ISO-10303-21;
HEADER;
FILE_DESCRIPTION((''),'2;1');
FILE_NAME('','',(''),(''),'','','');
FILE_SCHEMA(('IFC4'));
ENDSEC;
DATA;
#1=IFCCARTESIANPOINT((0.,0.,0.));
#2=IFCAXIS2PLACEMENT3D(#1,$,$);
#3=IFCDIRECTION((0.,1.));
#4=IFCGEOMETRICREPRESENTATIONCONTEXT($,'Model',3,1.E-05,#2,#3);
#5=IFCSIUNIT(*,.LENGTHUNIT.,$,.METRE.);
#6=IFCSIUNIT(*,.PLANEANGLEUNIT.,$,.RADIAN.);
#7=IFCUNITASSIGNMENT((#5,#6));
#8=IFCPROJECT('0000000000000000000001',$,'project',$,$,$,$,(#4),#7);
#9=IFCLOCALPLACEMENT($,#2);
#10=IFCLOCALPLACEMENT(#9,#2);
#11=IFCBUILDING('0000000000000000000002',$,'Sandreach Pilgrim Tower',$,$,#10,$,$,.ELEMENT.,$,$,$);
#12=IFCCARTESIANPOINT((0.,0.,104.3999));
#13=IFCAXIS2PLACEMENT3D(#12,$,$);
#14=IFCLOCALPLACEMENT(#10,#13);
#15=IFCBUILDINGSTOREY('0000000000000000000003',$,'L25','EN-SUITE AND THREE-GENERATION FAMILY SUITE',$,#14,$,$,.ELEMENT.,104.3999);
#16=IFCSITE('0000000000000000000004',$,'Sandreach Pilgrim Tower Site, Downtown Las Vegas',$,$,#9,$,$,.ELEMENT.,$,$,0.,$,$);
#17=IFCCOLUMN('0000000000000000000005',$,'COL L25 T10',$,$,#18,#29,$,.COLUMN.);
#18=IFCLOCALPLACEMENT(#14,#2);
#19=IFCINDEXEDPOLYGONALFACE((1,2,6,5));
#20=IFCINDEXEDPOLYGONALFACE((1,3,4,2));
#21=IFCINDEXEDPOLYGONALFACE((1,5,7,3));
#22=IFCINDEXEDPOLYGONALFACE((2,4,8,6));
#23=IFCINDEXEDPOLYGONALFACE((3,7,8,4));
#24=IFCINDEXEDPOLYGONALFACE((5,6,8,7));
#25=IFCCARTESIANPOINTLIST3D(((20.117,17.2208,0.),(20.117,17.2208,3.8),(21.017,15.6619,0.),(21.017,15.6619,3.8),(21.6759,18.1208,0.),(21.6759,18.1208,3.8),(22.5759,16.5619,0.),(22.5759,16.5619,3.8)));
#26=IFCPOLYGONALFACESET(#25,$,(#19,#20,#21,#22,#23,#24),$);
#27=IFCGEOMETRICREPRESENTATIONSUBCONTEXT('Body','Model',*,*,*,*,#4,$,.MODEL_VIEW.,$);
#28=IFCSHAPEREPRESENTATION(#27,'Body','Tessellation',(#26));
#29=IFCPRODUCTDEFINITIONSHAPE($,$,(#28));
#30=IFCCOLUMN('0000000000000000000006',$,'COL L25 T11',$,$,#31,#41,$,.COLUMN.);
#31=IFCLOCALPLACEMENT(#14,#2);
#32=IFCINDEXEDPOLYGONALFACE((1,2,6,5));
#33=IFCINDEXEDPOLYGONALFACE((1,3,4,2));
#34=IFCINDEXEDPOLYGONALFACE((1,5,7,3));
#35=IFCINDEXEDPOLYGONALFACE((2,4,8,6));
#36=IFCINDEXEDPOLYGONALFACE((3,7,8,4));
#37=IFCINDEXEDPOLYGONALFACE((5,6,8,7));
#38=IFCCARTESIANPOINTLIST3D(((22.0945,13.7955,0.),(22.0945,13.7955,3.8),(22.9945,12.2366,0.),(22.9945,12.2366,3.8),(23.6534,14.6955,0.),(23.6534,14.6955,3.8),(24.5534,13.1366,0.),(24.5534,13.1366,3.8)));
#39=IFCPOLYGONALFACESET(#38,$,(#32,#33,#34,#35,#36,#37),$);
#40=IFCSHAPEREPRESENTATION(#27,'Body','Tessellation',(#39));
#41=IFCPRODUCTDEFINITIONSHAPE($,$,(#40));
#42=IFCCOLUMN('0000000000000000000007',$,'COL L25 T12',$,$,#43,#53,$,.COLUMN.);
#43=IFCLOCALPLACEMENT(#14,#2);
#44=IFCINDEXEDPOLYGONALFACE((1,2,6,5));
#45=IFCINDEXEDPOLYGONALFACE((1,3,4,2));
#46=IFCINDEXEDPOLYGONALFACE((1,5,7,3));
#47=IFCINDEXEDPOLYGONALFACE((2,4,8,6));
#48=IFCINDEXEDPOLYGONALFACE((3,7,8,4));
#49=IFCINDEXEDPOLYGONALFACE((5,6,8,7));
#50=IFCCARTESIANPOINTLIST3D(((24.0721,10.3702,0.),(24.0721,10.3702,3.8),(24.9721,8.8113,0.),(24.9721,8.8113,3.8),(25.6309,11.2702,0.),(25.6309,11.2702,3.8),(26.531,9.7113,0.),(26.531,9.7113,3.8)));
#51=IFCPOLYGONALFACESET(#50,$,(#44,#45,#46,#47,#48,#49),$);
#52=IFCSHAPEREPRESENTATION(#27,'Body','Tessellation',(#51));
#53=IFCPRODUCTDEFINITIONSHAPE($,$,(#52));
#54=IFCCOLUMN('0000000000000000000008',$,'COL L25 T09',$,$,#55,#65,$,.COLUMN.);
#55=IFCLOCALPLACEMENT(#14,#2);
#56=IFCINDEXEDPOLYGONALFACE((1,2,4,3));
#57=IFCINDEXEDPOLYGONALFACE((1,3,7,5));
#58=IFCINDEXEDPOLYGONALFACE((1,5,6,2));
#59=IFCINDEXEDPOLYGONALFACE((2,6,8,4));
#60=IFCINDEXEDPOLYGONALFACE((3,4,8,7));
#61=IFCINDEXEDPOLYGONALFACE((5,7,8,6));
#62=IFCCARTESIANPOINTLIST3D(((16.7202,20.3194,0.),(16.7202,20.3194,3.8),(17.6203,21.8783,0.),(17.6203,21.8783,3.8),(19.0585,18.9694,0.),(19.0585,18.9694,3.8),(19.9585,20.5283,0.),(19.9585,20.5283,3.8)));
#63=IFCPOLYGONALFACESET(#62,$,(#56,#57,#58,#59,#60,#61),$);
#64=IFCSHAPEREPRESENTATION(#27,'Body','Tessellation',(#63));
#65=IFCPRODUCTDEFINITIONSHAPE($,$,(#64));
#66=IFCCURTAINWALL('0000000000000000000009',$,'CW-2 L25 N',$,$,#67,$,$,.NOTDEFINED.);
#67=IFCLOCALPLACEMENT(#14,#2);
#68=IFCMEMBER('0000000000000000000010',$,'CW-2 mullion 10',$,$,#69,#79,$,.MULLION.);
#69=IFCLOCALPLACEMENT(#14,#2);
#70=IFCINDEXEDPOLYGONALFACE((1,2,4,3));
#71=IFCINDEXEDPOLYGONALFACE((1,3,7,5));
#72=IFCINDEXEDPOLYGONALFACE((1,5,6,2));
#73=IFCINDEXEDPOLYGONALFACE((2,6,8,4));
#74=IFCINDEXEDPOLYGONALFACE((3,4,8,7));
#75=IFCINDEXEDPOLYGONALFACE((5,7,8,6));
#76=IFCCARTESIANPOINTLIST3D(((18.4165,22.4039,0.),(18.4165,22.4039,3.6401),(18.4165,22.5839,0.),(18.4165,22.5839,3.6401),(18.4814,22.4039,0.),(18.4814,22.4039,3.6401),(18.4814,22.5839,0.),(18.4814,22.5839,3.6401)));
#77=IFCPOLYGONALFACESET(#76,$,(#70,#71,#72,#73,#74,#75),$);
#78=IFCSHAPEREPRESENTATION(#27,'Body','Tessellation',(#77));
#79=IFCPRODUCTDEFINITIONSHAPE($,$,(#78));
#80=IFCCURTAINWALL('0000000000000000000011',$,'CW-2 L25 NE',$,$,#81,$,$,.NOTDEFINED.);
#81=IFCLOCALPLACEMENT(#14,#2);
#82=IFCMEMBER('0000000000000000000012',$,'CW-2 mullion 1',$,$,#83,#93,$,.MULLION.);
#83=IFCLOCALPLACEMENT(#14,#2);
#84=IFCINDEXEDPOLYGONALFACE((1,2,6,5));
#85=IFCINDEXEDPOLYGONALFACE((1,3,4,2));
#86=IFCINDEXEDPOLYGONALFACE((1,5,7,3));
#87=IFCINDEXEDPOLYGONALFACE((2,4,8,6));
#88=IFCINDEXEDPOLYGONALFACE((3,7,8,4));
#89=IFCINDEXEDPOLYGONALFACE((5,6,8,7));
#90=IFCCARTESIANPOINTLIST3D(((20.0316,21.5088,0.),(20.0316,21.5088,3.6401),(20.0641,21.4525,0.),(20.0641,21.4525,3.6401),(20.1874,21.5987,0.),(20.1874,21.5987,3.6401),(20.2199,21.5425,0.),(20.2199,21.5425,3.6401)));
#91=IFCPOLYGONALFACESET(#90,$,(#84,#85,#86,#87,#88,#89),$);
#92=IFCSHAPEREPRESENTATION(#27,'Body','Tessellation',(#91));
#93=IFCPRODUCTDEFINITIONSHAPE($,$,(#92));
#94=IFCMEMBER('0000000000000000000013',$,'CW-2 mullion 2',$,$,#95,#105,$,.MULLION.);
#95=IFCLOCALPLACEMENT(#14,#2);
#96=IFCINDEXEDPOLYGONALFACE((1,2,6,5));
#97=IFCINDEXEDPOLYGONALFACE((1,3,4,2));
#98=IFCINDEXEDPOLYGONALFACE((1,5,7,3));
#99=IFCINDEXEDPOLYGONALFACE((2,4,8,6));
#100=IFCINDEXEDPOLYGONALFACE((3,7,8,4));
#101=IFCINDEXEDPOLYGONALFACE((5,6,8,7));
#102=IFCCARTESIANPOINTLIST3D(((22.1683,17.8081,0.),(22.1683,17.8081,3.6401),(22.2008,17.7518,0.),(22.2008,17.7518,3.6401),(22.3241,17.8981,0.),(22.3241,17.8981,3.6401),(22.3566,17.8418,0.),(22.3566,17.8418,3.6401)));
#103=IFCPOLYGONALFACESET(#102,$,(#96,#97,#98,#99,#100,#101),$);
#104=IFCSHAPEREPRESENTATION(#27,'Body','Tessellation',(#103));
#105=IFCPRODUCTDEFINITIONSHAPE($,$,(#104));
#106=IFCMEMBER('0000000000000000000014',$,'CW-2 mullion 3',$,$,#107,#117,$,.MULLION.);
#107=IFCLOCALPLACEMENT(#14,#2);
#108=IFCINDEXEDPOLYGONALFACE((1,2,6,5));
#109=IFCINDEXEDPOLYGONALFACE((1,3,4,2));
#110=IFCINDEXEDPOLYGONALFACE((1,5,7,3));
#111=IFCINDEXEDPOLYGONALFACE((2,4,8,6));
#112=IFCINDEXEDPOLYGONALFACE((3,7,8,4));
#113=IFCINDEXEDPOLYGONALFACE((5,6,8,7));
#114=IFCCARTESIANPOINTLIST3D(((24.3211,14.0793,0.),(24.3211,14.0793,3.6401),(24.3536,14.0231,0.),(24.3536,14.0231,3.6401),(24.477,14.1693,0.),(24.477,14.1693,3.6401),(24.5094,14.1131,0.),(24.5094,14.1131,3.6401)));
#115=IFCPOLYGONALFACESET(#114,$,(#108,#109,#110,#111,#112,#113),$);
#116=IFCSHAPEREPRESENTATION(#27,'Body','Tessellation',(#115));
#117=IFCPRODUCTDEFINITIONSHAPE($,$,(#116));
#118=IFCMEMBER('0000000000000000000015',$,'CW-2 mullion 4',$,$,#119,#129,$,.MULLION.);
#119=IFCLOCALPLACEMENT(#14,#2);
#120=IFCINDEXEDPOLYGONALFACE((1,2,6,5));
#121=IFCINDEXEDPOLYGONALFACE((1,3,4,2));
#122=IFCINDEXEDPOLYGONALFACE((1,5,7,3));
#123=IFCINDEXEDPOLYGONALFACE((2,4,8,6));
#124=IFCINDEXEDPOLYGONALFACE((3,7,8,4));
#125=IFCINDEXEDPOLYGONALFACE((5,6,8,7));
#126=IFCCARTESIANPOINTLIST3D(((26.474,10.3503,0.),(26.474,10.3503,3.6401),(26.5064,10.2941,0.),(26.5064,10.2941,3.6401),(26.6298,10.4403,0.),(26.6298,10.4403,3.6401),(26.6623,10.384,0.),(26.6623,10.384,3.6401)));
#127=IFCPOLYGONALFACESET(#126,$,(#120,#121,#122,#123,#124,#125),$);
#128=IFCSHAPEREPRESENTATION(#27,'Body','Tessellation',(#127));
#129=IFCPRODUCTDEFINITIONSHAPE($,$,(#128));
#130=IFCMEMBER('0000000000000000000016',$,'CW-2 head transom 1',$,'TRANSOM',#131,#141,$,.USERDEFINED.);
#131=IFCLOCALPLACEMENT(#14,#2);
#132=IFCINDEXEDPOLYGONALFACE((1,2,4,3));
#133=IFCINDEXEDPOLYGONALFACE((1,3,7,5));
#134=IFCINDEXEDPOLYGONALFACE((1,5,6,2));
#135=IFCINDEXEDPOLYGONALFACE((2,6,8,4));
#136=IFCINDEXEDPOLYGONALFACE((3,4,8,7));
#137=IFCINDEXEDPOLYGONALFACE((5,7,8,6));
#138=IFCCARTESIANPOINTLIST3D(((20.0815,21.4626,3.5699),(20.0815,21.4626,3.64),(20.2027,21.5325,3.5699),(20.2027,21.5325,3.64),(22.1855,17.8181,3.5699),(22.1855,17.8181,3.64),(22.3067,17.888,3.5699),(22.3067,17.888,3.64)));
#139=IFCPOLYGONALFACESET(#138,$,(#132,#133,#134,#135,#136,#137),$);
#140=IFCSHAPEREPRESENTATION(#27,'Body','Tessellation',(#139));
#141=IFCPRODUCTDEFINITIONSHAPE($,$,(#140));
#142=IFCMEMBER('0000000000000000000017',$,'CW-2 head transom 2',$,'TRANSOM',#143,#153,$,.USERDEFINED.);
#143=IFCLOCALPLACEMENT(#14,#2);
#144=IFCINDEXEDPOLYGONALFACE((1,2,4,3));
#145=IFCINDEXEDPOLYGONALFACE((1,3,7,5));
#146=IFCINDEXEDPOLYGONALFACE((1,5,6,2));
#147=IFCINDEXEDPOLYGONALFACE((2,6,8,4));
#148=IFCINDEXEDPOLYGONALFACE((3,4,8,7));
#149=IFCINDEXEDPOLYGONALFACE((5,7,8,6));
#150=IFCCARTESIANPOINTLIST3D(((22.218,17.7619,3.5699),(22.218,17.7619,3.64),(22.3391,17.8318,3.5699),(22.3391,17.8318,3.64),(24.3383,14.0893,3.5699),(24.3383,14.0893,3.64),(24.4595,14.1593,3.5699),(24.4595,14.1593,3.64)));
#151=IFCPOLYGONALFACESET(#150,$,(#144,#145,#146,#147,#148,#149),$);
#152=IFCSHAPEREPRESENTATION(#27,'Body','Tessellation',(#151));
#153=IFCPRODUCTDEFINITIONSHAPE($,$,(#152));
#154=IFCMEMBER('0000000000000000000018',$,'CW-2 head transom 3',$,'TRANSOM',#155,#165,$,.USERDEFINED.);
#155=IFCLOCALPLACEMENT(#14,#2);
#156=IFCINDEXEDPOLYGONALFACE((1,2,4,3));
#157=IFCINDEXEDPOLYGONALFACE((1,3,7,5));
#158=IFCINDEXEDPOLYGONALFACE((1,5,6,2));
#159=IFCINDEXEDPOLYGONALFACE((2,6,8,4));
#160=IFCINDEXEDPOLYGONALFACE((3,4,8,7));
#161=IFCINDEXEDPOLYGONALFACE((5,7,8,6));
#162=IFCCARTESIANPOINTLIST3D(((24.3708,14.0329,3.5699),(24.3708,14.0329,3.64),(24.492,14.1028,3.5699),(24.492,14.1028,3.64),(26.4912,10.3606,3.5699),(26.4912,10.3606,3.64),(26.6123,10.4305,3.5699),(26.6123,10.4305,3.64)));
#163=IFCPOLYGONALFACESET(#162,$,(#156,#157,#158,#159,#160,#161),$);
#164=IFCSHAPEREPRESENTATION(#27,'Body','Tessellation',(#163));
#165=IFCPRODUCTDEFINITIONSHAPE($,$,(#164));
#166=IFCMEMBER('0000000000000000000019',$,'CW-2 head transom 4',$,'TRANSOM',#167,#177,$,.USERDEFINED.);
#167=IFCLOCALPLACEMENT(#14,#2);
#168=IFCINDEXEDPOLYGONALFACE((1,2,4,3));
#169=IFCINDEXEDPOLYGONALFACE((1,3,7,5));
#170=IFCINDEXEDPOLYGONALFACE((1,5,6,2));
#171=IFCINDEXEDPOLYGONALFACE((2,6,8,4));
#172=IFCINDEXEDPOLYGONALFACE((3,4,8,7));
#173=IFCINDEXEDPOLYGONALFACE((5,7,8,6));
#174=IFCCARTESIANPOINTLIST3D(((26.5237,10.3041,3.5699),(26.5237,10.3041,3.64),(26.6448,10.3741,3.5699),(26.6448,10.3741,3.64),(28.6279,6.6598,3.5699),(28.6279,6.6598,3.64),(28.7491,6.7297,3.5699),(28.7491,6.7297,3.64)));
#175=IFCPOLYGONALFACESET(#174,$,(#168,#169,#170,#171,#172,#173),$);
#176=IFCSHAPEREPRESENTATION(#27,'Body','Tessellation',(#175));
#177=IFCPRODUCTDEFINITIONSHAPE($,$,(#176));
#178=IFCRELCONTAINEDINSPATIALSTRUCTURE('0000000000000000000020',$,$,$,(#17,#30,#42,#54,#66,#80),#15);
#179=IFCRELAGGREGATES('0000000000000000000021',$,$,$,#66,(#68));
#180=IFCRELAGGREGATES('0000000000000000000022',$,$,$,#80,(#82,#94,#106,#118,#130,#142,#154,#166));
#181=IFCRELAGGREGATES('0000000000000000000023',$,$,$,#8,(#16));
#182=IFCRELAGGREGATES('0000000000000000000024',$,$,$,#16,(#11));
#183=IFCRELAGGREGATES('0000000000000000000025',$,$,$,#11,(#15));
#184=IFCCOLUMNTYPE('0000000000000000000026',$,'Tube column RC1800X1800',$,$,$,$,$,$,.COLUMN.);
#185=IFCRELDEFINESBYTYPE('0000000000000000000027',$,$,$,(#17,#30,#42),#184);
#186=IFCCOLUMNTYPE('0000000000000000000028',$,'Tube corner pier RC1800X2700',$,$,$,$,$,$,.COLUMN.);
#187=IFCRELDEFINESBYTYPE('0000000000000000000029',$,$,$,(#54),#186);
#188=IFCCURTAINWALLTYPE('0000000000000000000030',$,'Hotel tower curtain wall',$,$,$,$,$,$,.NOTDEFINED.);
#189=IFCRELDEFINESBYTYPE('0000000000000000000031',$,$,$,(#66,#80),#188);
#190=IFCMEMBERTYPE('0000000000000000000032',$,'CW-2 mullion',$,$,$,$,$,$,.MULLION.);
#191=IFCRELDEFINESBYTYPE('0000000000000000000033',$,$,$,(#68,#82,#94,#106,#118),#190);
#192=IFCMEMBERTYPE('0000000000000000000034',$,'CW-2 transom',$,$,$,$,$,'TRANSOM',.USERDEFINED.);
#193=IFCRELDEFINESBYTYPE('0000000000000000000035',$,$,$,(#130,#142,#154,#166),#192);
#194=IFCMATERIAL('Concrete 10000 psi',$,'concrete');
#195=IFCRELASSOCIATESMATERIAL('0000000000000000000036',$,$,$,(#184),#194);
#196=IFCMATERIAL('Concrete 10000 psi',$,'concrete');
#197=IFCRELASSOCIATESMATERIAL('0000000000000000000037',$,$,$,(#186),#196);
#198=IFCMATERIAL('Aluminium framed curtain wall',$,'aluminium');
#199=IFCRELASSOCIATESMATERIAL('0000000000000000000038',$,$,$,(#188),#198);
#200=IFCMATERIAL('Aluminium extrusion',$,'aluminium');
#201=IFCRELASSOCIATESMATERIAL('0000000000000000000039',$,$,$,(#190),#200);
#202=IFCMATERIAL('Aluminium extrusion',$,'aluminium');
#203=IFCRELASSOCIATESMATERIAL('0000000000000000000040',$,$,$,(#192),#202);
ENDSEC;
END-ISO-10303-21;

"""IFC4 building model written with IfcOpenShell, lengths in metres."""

from ifc_helpers import new_model, si_unit, direction, frame, origin, origin_2d, place, context, subcontext, project, spatial, rectangle, extrude, material, material_profile, profile_set, type_object, element, aggregate, save


model = new_model("IFC4")

# Units and contexts
model_context = context("Model", 3, precision=1e-05, world=origin(), true_north=direction((0.0, 1.0)))
body_context = subcontext(model_context, "Body", "Model", "MODEL_VIEW")
ifc_project = project(units=[si_unit("LENGTHUNIT", "METRE"), si_unit("PLANEANGLEUNIT", "RADIAN")], contexts=[model_context])

# Site, building, storey
site_placement = place(None, origin())
site = spatial("IfcSite", under=ifc_project, at=site_placement, Name="Sandreach Pilgrim Tower Site, Downtown Las Vegas", CompositionType="ELEMENT", RefElevation=0.0)
building_placement = place(site_placement, origin())
building = spatial("IfcBuilding", under=site, at=building_placement, Name="Sandreach Pilgrim Tower", CompositionType="ELEMENT")
storey_placement = place(building_placement, frame((0.0, 0.0, 104.3999)))
storey = spatial("IfcBuildingStorey", under=building, at=storey_placement, Name="L25", Description="EN-SUITE AND THREE-GENERATION FAMILY SUITE", CompositionType="ELEMENT", Elevation=104.3999)

# Columns
ifc_material_1 = material(Name="Concrete 10000 psi", Category="concrete")
ifc_material_profile_1 = material_profile(ifc_material_1, rectangle(XDim=1.8, YDim=1.8, at=origin_2d()), Name="RC1800X1800")
ifc_profile_set_1 = profile_set([ifc_material_profile_1], Name="Concrete 10000 psi")
column_type_1 = type_object("IfcColumnType", Name="Tube column RC1800X1800", PredefinedType="COLUMN", material=ifc_profile_set_1)
for number, where, z_axis, x_axis, name in (
    (1, (21.3464, 16.8914, 0.0), (0.0, 0.0, 1.0), (0.866025, 0.5, 0.0), "COL L25 T10"),
    (2, (23.324, 13.4661, 0.0), (0.0, 0.0, 1.0), (0.866025, 0.5, 0.0), "COL L25 T11"),
    (3, (25.3015, 10.0408, 0.0), (0.0, 0.0, 1.0), (0.866025, 0.5, 0.0), "COL L25 T12"),
):
    element("IfcColumn", number, at=place(storey_placement, frame(where, z_axis=z_axis, x_axis=x_axis)), inside=storey, type_object=column_type_1, Name=name, PredefinedType="COLUMN", context=body_context, shape_type="SweptSolid", body=[
        extrude(rectangle(XDim=1.8, YDim=1.8, at=origin_2d()), origin(), (0.0, 0.0, 1.0), 3.8),
    ])
ifc_material_2 = material(Name="Concrete 10000 psi", Category="concrete")
ifc_material_profile_2 = material_profile(ifc_material_2, rectangle(XDim=1.8, YDim=2.7, at=origin_2d()), Name="RC1800X2700")
ifc_profile_set_2 = profile_set([ifc_material_profile_2], Name="Concrete 10000 psi")
column_type_2 = type_object("IfcColumnType", Name="Tube corner pier RC1800X2700", PredefinedType="COLUMN", material=ifc_profile_set_2)
column_placement = place(storey_placement, frame((18.3394, 20.4238, 0.0), z_axis=(0.0, 0.0, 1.0), x_axis=(0.5, 0.866025, 0.0)))
element("IfcColumn", 4, at=column_placement, inside=storey, type_object=column_type_2, Name="COL L25 T09", PredefinedType="COLUMN", context=body_context, shape_type="SweptSolid", body=[
    extrude(rectangle(XDim=1.8, YDim=2.7, at=origin_2d()), origin(), (0.0, 0.0, 1.0), 3.8),
])

# Curtain wall, member
ifc_material_3 = material(Name="Aluminium framed curtain wall", Category="aluminium")
curtain_wall_type = type_object("IfcCurtainWallType", Name="Hotel tower curtain wall", PredefinedType="NOTDEFINED", material=ifc_material_3)
curtain_wall_1_placement = place(storey_placement, origin())
curtain_wall_1 = element("IfcCurtainWall", 5, at=curtain_wall_1_placement, inside=storey, type_object=curtain_wall_type, Name="CW-2 L25 N", PredefinedType="NOTDEFINED")
ifc_material_4 = material(Name="Aluminium extrusion", Category="aluminium")
ifc_material_profile_3 = material_profile(ifc_material_4, rectangle(XDim=0.0649, YDim=0.1799, at=origin_2d()), Name="CW-2M 65X180")
ifc_profile_set_3 = profile_set([ifc_material_profile_3], Name="Aluminium extrusion")
member_type_1 = type_object("IfcMemberType", Name="CW-2 mullion", PredefinedType="MULLION", material=ifc_profile_set_3)
member_1_placement = place(storey_placement, frame((18.449, 22.4939, 0.0), z_axis=(0.0, 0.0, 1.0), x_axis=(1.0, 0.0, 0.0)))
member_1 = element("IfcMember", 6, at=member_1_placement, type_object=member_type_1, Name="CW-2 mullion 10", PredefinedType="MULLION", context=body_context, shape_type="SweptSolid", body=[
    extrude(rectangle(XDim=0.0649, YDim=0.1799, at=origin_2d()), origin(), (0.0, 0.0, 1.0), 3.6401),
])

# Curtain wall, members
curtain_wall_2_placement = place(storey_placement, origin())
curtain_wall_2 = element("IfcCurtainWall", 7, at=curtain_wall_2_placement, inside=storey, type_object=curtain_wall_type, Name="CW-2 L25 NE", PredefinedType="NOTDEFINED")
member_2_placement = place(storey_placement, frame((20.1257, 21.5256, 0.0), z_axis=(0.0, 0.0, 1.0), x_axis=(0.5, -0.866025, 0.0)))
member_2 = element("IfcMember", 8, at=member_2_placement, type_object=member_type_1, Name="CW-2 mullion 1", PredefinedType="MULLION", context=body_context, shape_type="SweptSolid", body=[
    extrude(rectangle(XDim=0.0649, YDim=0.1799, at=origin_2d()), origin(), (0.0, 0.0, 1.0), 3.6401),
])
member_3_placement = place(storey_placement, frame((22.2625, 17.825, 0.0), z_axis=(0.0, 0.0, 1.0), x_axis=(0.5, -0.866025, 0.0)))
member_3 = element("IfcMember", 9, at=member_3_placement, type_object=member_type_1, Name="CW-2 mullion 2", PredefinedType="MULLION", context=body_context, shape_type="SweptSolid", body=[
    extrude(rectangle(XDim=0.0649, YDim=0.1799, at=origin_2d()), origin(), (0.0, 0.0, 1.0), 3.6401),
])
member_4_placement = place(storey_placement, frame((24.4153, 14.0962, 0.0), z_axis=(0.0, 0.0, 1.0), x_axis=(0.5, -0.866025, 0.0)))
member_4 = element("IfcMember", 10, at=member_4_placement, type_object=member_type_1, Name="CW-2 mullion 3", PredefinedType="MULLION", context=body_context, shape_type="SweptSolid", body=[
    extrude(rectangle(XDim=0.0649, YDim=0.1799, at=origin_2d()), origin(), (0.0, 0.0, 1.0), 3.6401),
])
member_5_placement = place(storey_placement, frame((26.5681, 10.3672, 0.0), z_axis=(0.0, 0.0, 1.0), x_axis=(0.5, -0.866025, 0.0)))
member_5 = element("IfcMember", 11, at=member_5_placement, type_object=member_type_1, Name="CW-2 mullion 4", PredefinedType="MULLION", context=body_context, shape_type="SweptSolid", body=[
    extrude(rectangle(XDim=0.0649, YDim=0.1799, at=origin_2d()), origin(), (0.0, 0.0, 1.0), 3.6401),
])
ifc_material_5 = material(Name="Aluminium extrusion", Category="aluminium")
ifc_material_profile_4 = material_profile(ifc_material_5, rectangle(XDim=0.1399, YDim=0.0701, at=origin_2d()), Name="CW-2T 140X70")
ifc_profile_set_4 = profile_set([ifc_material_profile_4], Name="Aluminium extrusion")
member_type_2 = type_object("IfcMemberType", Name="CW-2 transom", ElementType="TRANSOM", PredefinedType="USERDEFINED", material=ifc_profile_set_4)
member_6_placement = place(storey_placement, frame((20.1421, 21.4976, 3.605), z_axis=(0.49997, -0.866043, 0.0), x_axis=(0.866043, 0.49997, 0.0)))
member_6 = element("IfcMember", 12, at=member_6_placement, type_object=member_type_2, Name="CW-2 head transom 1", ObjectType="TRANSOM", PredefinedType="USERDEFINED", context=body_context, shape_type="SweptSolid", body=[
    extrude(rectangle(XDim=0.1399, YDim=0.0701, at=origin_2d()), origin(), (0.0, 0.0, 1.0), 4.2083),
])
member_7_placement = place(storey_placement, frame((22.2786, 17.7969, 3.605), z_axis=(0.499997, -0.866027, 0.0), x_axis=(0.866027, 0.499997, 0.0)))
member_7 = element("IfcMember", 13, at=member_7_placement, type_object=member_type_2, Name="CW-2 head transom 2", ObjectType="TRANSOM", PredefinedType="USERDEFINED", context=body_context, shape_type="SweptSolid", body=[
    extrude(rectangle(XDim=0.1399, YDim=0.0701, at=origin_2d()), origin(), (0.0, 0.0, 1.0), 4.2407),
])
member_8_placement = place(storey_placement, frame((24.4314, 14.0679, 3.605), z_axis=(0.500021, -0.866013, 0.0), x_axis=(0.866013, 0.500021, 0.0)))
member_8 = element("IfcMember", 14, at=member_8_placement, type_object=member_type_2, Name="CW-2 head transom 3", ObjectType="TRANSOM", PredefinedType="USERDEFINED", context=body_context, shape_type="SweptSolid", body=[
    extrude(rectangle(XDim=0.1399, YDim=0.0701, at=origin_2d()), origin(), (0.0, 0.0, 1.0), 4.2405),
])
member_9_placement = place(storey_placement, frame((26.5842, 10.3391, 3.605), z_axis=(0.500039, -0.866003, 0.0), x_axis=(0.866003, 0.500039, 0.0)))
member_9 = element("IfcMember", 15, at=member_9_placement, type_object=member_type_2, Name="CW-2 head transom 4", ObjectType="TRANSOM", PredefinedType="USERDEFINED", context=body_context, shape_type="SweptSolid", body=[
    extrude(rectangle(XDim=0.1399, YDim=0.0701, at=origin_2d()), origin(), (0.0, 0.0, 1.0), 4.2083),
])

aggregate(curtain_wall_1, [member_1])
aggregate(curtain_wall_2, [member_2, member_3, member_4, member_5, member_6, member_7, member_8, member_9])

save(model, "model.ifc")
